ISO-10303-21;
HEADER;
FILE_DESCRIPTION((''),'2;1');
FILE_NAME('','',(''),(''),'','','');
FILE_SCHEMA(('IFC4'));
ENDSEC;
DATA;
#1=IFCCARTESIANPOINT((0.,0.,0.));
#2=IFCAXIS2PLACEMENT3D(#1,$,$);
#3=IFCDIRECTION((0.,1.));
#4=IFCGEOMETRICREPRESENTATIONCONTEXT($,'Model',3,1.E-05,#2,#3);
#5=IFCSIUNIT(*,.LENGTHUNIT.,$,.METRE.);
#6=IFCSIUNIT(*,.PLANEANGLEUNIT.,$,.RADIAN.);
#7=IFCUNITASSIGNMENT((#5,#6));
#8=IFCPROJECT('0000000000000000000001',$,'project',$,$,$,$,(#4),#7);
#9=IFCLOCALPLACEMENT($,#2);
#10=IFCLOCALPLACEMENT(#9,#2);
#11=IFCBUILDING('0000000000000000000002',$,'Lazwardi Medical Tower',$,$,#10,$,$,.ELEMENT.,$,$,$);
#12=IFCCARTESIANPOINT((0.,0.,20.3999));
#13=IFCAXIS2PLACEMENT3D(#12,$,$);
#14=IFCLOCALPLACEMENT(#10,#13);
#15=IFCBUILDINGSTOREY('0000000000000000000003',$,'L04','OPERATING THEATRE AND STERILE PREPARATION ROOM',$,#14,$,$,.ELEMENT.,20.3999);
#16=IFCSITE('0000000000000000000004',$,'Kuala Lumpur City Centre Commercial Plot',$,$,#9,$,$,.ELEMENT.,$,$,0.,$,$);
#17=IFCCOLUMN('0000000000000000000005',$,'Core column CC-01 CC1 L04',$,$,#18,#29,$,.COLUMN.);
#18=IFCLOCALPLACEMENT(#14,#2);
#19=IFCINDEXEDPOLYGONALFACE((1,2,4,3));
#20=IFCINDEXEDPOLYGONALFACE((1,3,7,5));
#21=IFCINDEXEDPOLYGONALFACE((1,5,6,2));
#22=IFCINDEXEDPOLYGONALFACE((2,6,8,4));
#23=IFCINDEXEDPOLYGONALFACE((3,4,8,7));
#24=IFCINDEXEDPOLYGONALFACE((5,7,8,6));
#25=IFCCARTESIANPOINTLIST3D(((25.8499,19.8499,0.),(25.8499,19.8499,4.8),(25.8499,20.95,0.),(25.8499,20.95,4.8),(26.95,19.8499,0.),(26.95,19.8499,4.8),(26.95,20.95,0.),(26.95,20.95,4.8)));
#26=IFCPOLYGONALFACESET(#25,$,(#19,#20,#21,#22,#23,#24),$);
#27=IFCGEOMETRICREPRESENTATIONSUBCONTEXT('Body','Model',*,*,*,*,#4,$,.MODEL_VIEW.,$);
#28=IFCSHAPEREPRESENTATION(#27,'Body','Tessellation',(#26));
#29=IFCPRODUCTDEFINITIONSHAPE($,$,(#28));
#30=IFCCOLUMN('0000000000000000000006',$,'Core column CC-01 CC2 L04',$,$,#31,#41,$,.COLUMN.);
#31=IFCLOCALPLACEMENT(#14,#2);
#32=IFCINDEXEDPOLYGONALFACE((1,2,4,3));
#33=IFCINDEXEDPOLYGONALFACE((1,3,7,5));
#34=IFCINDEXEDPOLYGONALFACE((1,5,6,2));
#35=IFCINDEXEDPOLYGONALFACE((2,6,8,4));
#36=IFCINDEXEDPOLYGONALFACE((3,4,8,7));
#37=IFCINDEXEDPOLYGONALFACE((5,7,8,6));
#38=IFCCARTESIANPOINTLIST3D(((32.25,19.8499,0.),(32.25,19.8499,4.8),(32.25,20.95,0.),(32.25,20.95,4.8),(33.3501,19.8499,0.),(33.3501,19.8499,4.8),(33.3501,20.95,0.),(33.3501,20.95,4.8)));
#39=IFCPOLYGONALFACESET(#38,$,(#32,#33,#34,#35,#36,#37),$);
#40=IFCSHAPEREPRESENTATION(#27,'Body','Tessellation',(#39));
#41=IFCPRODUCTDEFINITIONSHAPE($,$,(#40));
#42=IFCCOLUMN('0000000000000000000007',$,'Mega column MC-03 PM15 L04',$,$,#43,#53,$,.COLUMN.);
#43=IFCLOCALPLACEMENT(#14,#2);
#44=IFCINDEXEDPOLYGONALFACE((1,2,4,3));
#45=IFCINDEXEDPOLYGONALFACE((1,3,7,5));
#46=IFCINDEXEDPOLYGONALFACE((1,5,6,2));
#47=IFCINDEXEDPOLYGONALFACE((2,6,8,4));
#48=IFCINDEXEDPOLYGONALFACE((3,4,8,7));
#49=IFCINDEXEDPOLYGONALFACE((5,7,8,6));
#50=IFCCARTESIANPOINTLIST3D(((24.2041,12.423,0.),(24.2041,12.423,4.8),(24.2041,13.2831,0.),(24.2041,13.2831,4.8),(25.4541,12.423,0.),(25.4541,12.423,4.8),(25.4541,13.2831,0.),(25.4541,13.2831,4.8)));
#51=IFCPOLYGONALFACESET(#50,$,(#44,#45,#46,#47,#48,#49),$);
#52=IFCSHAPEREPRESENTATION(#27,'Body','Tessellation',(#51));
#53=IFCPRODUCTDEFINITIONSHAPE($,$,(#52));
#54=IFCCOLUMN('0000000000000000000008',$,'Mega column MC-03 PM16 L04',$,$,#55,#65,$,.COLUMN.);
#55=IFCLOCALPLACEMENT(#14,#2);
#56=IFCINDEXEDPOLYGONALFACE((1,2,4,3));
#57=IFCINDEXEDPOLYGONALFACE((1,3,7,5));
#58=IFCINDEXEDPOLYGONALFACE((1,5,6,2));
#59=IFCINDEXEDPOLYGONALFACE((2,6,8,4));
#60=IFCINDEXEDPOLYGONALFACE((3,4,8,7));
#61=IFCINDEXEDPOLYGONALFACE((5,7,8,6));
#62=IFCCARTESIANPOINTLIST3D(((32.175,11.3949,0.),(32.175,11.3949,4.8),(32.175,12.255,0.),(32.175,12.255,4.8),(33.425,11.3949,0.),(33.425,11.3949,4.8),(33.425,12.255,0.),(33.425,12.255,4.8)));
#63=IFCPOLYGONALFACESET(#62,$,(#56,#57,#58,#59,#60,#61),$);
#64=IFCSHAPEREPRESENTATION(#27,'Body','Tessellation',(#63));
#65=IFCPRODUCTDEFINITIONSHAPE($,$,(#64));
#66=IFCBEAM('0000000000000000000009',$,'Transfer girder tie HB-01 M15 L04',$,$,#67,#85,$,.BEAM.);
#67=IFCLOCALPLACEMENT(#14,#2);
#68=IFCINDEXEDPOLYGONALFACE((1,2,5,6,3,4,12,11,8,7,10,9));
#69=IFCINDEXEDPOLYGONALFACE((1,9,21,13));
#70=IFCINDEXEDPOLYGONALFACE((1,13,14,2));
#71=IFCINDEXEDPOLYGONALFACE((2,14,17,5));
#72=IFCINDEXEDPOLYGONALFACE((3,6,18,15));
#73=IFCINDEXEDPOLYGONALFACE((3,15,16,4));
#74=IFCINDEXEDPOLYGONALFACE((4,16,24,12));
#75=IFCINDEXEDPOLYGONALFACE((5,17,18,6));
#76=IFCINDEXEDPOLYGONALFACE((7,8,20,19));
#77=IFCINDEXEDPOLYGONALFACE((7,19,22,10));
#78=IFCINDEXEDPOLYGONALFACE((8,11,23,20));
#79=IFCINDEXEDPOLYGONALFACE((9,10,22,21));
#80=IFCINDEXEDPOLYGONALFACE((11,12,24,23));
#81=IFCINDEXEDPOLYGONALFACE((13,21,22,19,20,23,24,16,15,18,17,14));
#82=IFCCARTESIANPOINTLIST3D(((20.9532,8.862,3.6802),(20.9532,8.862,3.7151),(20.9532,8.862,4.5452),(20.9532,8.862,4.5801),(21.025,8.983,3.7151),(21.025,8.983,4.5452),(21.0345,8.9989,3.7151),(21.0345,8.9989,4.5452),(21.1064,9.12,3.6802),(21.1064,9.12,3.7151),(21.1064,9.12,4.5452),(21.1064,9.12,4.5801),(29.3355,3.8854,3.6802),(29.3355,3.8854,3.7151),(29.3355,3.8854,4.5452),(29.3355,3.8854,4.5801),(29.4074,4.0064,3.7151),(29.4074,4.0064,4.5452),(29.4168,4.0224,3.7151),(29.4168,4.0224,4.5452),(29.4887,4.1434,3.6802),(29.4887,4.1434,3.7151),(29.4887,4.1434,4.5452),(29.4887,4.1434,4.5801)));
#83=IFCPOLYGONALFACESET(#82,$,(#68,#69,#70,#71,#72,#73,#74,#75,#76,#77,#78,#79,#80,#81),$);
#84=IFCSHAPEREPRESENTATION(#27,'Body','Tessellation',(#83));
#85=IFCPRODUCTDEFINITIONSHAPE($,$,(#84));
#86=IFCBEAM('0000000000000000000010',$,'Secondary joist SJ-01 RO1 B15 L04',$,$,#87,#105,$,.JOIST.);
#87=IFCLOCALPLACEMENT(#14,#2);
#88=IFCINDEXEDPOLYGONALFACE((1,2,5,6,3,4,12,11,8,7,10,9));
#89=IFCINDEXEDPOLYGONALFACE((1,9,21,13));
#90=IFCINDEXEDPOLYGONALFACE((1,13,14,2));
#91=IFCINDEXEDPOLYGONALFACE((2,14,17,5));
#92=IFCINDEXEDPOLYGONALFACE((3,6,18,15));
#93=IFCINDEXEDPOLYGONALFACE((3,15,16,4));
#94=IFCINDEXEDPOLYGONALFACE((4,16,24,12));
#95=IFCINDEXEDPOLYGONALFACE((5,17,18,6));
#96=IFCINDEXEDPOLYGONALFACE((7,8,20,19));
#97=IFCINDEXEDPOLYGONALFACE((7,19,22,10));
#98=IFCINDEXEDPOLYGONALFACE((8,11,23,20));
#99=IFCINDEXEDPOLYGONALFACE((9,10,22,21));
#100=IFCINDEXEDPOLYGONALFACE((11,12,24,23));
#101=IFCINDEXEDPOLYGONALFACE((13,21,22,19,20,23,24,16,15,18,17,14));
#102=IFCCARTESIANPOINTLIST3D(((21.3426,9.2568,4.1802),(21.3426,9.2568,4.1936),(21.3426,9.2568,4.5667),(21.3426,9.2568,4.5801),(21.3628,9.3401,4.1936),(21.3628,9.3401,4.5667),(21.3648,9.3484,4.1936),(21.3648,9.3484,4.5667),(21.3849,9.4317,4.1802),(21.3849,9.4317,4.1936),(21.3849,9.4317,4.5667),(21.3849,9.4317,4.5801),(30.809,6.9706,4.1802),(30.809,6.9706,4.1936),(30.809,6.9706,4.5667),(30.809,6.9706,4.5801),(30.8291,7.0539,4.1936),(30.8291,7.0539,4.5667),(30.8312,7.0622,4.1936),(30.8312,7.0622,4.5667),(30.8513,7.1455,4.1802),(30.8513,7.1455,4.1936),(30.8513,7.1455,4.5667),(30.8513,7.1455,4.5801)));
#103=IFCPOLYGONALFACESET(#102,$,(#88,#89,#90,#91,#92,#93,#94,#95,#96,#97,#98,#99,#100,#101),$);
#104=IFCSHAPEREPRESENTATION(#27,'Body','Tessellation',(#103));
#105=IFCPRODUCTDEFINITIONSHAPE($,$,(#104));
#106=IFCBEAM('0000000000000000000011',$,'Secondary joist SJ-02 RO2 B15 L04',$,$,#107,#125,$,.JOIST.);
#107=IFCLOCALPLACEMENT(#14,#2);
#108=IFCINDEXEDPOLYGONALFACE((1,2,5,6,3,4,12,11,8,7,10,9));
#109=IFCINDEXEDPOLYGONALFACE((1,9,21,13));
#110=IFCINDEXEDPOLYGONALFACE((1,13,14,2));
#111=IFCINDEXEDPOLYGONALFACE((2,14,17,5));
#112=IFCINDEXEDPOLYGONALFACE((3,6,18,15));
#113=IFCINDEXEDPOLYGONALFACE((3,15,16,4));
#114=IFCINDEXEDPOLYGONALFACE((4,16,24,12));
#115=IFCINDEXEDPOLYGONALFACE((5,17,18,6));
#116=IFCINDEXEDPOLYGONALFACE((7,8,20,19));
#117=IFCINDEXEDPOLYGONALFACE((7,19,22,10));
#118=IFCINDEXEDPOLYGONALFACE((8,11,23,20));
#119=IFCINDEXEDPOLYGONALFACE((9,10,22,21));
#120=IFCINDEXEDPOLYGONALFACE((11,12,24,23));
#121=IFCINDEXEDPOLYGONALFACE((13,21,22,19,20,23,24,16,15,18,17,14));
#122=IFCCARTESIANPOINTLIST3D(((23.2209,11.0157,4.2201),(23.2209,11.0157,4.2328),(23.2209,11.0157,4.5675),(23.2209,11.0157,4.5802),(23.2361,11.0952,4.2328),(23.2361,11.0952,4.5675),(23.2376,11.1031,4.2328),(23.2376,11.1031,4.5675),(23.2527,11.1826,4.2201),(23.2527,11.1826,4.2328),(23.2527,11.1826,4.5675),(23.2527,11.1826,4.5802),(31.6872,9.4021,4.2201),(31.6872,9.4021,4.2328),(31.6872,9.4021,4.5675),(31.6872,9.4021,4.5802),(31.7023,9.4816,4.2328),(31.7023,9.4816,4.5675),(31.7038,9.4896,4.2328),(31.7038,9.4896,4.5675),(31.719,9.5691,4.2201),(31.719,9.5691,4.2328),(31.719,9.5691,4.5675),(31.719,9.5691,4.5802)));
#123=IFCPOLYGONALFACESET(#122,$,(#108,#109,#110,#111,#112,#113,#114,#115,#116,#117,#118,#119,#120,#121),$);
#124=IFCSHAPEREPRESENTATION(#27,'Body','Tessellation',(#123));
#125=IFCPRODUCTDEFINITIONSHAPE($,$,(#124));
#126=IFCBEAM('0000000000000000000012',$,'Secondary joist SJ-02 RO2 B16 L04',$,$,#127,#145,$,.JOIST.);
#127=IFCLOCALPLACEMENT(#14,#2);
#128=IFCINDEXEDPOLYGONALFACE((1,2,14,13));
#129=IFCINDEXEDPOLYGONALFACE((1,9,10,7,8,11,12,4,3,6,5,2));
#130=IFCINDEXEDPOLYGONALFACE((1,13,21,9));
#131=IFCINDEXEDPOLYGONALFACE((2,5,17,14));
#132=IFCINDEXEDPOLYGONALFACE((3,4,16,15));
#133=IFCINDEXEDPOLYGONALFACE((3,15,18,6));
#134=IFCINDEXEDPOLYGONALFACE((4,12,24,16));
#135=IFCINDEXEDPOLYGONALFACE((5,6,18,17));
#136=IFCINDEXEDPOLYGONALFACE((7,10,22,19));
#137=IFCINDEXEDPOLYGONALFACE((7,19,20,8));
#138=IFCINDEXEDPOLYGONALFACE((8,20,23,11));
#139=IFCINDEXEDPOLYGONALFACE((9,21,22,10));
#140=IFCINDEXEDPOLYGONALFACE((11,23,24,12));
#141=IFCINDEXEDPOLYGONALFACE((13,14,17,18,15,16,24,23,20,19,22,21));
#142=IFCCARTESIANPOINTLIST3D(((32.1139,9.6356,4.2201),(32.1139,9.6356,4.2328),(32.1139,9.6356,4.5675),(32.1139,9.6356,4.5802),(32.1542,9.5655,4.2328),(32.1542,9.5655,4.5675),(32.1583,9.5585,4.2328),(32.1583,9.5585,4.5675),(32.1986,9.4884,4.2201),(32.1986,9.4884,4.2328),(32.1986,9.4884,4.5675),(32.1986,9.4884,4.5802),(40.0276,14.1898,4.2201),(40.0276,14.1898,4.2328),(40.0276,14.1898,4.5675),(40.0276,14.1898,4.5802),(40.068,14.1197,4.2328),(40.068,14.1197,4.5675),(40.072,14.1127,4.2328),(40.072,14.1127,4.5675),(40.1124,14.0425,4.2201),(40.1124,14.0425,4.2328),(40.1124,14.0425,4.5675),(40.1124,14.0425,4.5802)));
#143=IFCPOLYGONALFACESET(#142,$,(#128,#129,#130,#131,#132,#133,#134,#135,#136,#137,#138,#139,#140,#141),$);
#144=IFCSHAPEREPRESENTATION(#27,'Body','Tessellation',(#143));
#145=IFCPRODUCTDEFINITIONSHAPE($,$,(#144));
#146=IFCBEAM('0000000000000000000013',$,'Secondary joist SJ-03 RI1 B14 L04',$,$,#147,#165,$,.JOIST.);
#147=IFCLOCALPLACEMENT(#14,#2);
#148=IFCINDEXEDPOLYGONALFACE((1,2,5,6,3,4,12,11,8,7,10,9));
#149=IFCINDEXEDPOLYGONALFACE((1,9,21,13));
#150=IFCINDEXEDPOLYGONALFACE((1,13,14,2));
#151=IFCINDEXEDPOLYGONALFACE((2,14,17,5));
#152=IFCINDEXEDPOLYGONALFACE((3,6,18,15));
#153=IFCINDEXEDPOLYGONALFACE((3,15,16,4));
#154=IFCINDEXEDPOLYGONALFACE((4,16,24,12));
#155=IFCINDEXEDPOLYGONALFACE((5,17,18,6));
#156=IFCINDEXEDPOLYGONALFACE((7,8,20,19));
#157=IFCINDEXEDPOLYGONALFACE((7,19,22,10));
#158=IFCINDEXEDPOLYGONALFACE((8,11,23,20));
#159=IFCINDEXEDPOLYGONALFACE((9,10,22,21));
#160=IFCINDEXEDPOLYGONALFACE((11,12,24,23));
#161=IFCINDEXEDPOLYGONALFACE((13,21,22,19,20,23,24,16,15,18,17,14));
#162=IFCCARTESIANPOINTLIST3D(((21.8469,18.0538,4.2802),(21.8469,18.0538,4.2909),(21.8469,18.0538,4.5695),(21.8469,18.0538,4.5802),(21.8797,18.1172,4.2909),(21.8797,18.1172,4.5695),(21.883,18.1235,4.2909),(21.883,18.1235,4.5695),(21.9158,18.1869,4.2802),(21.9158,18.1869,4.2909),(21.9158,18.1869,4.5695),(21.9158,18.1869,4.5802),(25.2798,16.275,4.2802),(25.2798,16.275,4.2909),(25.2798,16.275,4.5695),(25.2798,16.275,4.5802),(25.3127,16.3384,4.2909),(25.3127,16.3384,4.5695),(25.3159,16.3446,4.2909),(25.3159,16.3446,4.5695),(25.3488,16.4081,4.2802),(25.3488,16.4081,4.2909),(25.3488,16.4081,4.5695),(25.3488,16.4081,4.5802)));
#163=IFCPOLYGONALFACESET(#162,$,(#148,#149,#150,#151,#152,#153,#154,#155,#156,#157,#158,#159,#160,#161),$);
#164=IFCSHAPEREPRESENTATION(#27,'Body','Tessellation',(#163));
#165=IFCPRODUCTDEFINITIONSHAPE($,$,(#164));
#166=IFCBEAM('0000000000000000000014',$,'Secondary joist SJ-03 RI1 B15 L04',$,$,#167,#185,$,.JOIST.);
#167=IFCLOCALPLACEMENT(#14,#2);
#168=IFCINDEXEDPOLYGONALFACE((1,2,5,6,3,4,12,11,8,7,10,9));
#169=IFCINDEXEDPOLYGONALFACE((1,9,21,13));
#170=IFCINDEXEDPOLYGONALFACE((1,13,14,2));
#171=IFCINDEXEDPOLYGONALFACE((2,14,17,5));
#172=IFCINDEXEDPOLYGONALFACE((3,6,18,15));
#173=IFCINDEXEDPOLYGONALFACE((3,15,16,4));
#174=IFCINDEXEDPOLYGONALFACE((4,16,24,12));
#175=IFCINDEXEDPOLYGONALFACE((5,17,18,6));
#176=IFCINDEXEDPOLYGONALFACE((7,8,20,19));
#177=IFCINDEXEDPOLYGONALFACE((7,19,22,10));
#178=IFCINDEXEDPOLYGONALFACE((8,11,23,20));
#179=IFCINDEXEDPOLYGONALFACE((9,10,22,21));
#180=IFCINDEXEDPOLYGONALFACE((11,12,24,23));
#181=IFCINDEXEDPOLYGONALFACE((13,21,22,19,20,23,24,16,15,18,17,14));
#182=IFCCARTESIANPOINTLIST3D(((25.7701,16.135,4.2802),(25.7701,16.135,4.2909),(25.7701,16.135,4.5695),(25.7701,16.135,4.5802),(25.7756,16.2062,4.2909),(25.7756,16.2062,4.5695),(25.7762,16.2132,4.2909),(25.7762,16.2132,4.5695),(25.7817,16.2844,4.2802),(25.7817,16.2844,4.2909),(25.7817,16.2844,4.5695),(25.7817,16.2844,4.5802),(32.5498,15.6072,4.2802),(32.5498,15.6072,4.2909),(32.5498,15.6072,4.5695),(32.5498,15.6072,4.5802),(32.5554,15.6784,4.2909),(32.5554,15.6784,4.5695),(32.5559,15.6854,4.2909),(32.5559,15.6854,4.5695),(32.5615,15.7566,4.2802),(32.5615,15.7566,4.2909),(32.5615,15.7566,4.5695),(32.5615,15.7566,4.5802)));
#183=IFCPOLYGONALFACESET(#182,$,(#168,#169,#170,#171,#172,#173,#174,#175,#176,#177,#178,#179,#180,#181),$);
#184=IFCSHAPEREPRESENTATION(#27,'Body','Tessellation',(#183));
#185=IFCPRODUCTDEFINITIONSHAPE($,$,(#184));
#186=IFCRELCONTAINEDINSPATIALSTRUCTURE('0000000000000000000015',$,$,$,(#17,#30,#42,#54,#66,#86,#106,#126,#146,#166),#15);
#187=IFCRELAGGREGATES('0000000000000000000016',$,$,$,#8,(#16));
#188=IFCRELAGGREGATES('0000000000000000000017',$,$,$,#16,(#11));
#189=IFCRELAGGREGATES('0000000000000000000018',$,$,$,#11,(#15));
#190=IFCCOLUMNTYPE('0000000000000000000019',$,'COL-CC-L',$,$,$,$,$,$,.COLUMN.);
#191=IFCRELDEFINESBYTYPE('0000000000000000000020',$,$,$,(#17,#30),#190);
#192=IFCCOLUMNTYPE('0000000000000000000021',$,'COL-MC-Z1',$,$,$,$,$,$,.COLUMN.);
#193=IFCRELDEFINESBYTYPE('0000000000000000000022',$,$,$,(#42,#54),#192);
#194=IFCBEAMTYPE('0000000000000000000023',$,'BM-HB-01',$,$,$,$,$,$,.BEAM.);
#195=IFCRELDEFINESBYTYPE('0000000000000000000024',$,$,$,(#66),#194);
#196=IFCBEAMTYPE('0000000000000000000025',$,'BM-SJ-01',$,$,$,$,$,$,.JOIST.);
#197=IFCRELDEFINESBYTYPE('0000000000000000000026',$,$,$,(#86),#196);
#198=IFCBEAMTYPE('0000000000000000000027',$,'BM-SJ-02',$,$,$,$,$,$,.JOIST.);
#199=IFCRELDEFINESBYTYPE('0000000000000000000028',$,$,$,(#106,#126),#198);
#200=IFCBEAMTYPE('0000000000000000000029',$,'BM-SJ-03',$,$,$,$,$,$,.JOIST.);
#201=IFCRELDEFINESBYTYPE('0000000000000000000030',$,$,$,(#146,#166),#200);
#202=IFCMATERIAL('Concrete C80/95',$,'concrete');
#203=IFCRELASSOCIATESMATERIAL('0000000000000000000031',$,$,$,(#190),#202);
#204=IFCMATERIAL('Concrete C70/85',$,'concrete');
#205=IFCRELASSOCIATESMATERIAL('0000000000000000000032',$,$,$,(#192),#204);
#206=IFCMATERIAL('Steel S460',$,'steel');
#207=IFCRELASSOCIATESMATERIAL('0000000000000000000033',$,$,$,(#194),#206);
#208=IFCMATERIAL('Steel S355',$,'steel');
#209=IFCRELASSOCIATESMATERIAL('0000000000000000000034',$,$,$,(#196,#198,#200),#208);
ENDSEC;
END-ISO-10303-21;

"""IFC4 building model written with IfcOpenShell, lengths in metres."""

from ifc_helpers import new_model, si_unit, direction, frame, origin, origin_2d, place, context, subcontext, project, spatial, rectangle, i_section, extrude, material, material_profile, profile_set, type_object, element, save


model = new_model("IFC4")

# Units and contexts
model_context = context("Model", 3, precision=1e-05, world=origin(), true_north=direction((0.0, 1.0)))
body_context = subcontext(model_context, "Body", "Model", "MODEL_VIEW")
ifc_project = project(units=[si_unit("LENGTHUNIT", "METRE"), si_unit("PLANEANGLEUNIT", "RADIAN")], contexts=[model_context])

# Site, building, storey
site_placement = place(None, origin())
site = spatial("IfcSite", under=ifc_project, at=site_placement, Name="Kuala Lumpur City Centre Commercial Plot", CompositionType="ELEMENT", RefElevation=0.0)
building_placement = place(site_placement, origin())
building = spatial("IfcBuilding", under=site, at=building_placement, Name="Lazwardi Medical Tower", CompositionType="ELEMENT")
storey_placement = place(building_placement, frame((0.0, 0.0, 20.3999)))
storey = spatial("IfcBuildingStorey", under=building, at=storey_placement, Name="L04", Description="OPERATING THEATRE AND STERILE PREPARATION ROOM", CompositionType="ELEMENT", Elevation=20.3999)

# Columns
ifc_material_1 = material(Name="Concrete C80/95", Category="concrete")
ifc_material_profile_1 = material_profile(ifc_material_1, rectangle(XDim=1.1001, YDim=1.1001, at=origin_2d()), Name="RC 1100x1100")
ifc_profile_set_1 = profile_set([ifc_material_profile_1], Name="Concrete C80/95")
column_type_1 = type_object("IfcColumnType", Name="COL-CC-L", PredefinedType="COLUMN", material=ifc_profile_set_1)
for number, where, z_axis, x_axis, name in (
    (1, (26.3999, 20.3999, 0.0), (0.0, 0.0, 1.0), (1.0, 0.0, 0.0), "Core column CC-01 CC1 L04"),
    (2, (32.8, 20.3999, 0.0), (0.0, 0.0, 1.0), (1.0, 0.0, 0.0), "Core column CC-01 CC2 L04"),
):
    element("IfcColumn", number, at=place(storey_placement, frame(where, z_axis=z_axis, x_axis=x_axis)), inside=storey, type_object=column_type_1, Name=name, PredefinedType="COLUMN", context=body_context, shape_type="SweptSolid", body=[
        extrude(rectangle(XDim=1.1001, YDim=1.1001, at=origin_2d()), origin(), (0.0, 0.0, 1.0), 4.8),
    ])
ifc_material_2 = material(Name="Concrete C70/85", Category="concrete")
ifc_material_profile_2 = material_profile(ifc_material_2, rectangle(XDim=1.25, YDim=0.8601, at=origin_2d()), Name="CFT-RECT 1250x860")
ifc_profile_set_2 = profile_set([ifc_material_profile_2], Name="Concrete C70/85")
column_type_2 = type_object("IfcColumnType", Name="COL-MC-Z1", PredefinedType="COLUMN", material=ifc_profile_set_2)
for number, where, z_axis, x_axis, name in (
    (3, (24.8291, 12.853, 0.0), (0.0, 0.0, 1.0), (1.0, 0.0, 0.0), "Mega column MC-03 PM15 L04"),
    (4, (32.8, 11.825, 0.0), (0.0, 0.0, 1.0), (1.0, 0.0, 0.0), "Mega column MC-03 PM16 L04"),
):
    element("IfcColumn", number, at=place(storey_placement, frame(where, z_axis=z_axis, x_axis=x_axis)), inside=storey, type_object=column_type_2, Name=name, PredefinedType="COLUMN", context=body_context, shape_type="SweptSolid", body=[
        extrude(rectangle(XDim=1.25, YDim=0.8601, at=origin_2d()), origin(), (0.0, 0.0, 1.0), 4.8),
    ])

# Beams
ifc_material_3 = material(Name="Steel S460", Category="steel")
ifc_material_profile_3 = material_profile(ifc_material_3, i_section(OverallWidth=0.3, OverallDepth=0.8999, WebThickness=0.0186, FlangeThickness=0.0349, at=origin_2d()), Name="HEB 900")
ifc_profile_set_3 = profile_set([ifc_material_profile_3], Name="Steel S460")
beam_type_1 = type_object("IfcBeamType", Name="BM-HB-01", PredefinedType="BEAM", material=ifc_profile_set_3)
beam_1_placement = place(storey_placement, frame((21.0298, 8.991, 4.1301), z_axis=(0.859875, -0.510505, 0.0), x_axis=(0.510505, 0.859875, 0.0)))
element("IfcBeam", 5, at=beam_1_placement, inside=storey, type_object=beam_type_1, Name="Transfer girder tie HB-01 M15 L04", PredefinedType="BEAM", context=body_context, shape_type="SweptSolid", body=[
    extrude(i_section(OverallWidth=0.3, OverallDepth=0.8999, WebThickness=0.0186, FlangeThickness=0.0349, at=origin_2d()), origin(), (0.0, 0.0, 1.0), 9.7483),
])
ifc_material_4 = material(Name="Steel S355", Category="steel")
ifc_material_profile_4 = material_profile(ifc_material_4, i_section(OverallWidth=0.1799, OverallDepth=0.3999, WebThickness=0.0085, FlangeThickness=0.0134, at=origin_2d()), Name="IPE 400")
ifc_profile_set_4 = profile_set([ifc_material_profile_4], Name="Steel S355")
beam_type_2 = type_object("IfcBeamType", Name="BM-SJ-01", PredefinedType="JOIST", material=ifc_profile_set_4)
beam_2_placement = place(storey_placement, frame((21.3638, 9.3442, 4.3801), z_axis=(0.972055, -0.234753, 0.0), x_axis=(0.234753, 0.972055, 0.0)))
element("IfcBeam", 6, at=beam_2_placement, inside=storey, type_object=beam_type_2, Name="Secondary joist SJ-01 RO1 B15 L04", PredefinedType="JOIST", context=body_context, shape_type="SweptSolid", body=[
    extrude(i_section(OverallWidth=0.1799, OverallDepth=0.3999, WebThickness=0.0085, FlangeThickness=0.0134, at=origin_2d()), origin(), (0.0, 0.0, 1.0), 9.7385),
])
ifc_material_profile_5 = material_profile(ifc_material_4, i_section(OverallWidth=0.1699, OverallDepth=0.3601, WebThickness=0.0081, FlangeThickness=0.0127, at=origin_2d()), Name="IPE 360")
ifc_profile_set_5 = profile_set([ifc_material_profile_5], Name="Steel S355")
beam_type_3 = type_object("IfcBeamType", Name="BM-SJ-02", PredefinedType="JOIST", material=ifc_profile_set_5)
beam_3_placement = place(storey_placement, frame((23.2368, 11.0991, 4.4001), z_axis=(0.982319, -0.187212, 0.0), x_axis=(0.187212, 0.982319, 0.0)))
element("IfcBeam", 7, at=beam_3_placement, inside=storey, type_object=beam_type_3, Name="Secondary joist SJ-02 RO2 B15 L04", PredefinedType="JOIST", context=body_context, shape_type="SweptSolid", body=[
    extrude(i_section(OverallWidth=0.1699, OverallDepth=0.3601, WebThickness=0.0081, FlangeThickness=0.0127, at=origin_2d()), origin(), (0.0, 0.0, 1.0), 8.6187),
])
beam_4_placement = place(storey_placement, frame((32.1562, 9.562, 4.4001), z_axis=(0.866729, 0.49878, 0.0), x_axis=(-0.49878, 0.866729, 0.0)))
element("IfcBeam", 8, at=beam_4_placement, inside=storey, type_object=beam_type_3, Name="Secondary joist SJ-02 RO2 B16 L04", PredefinedType="JOIST", context=body_context, shape_type="SweptSolid", body=[
    extrude(i_section(OverallWidth=0.1699, OverallDepth=0.3601, WebThickness=0.0081, FlangeThickness=0.0127, at=origin_2d()), origin(), (0.0, 0.0, 1.0), 9.1306),
])
ifc_material_profile_6 = material_profile(ifc_material_4, i_section(OverallWidth=0.1499, OverallDepth=0.3, WebThickness=0.0071, FlangeThickness=0.0107, at=origin_2d()), Name="IPE 300")
ifc_profile_set_6 = profile_set([ifc_material_profile_6], Name="Steel S355")
beam_type_4 = type_object("IfcBeamType", Name="BM-SJ-03", PredefinedType="JOIST", material=ifc_profile_set_6)
beam_5_placement = place(storey_placement, frame((21.8813, 18.1204, 4.4302), z_axis=(0.887881, -0.460074, 0.0), x_axis=(0.460074, 0.887881, 0.0)))
element("IfcBeam", 9, at=beam_5_placement, inside=storey, type_object=beam_type_4, Name="Secondary joist SJ-03 RI1 B14 L04", PredefinedType="JOIST", context=body_context, shape_type="SweptSolid", body=[
    extrude(i_section(OverallWidth=0.1499, OverallDepth=0.3, WebThickness=0.0071, FlangeThickness=0.0107, at=origin_2d()), origin(), (0.0, 0.0, 1.0), 3.8665),
])
beam_6_placement = place(storey_placement, frame((25.7759, 16.2097, 4.4302), z_axis=(0.996983, -0.077619, 0.0), x_axis=(0.077619, 0.996983, 0.0)))
element("IfcBeam", 10, at=beam_6_placement, inside=storey, type_object=beam_type_4, Name="Secondary joist SJ-03 RI1 B15 L04", PredefinedType="JOIST", context=body_context, shape_type="SweptSolid", body=[
    extrude(i_section(OverallWidth=0.1499, OverallDepth=0.3, WebThickness=0.0071, FlangeThickness=0.0107, at=origin_2d()), origin(), (0.0, 0.0, 1.0), 6.8003),
])

save(model, "model.ifc")
